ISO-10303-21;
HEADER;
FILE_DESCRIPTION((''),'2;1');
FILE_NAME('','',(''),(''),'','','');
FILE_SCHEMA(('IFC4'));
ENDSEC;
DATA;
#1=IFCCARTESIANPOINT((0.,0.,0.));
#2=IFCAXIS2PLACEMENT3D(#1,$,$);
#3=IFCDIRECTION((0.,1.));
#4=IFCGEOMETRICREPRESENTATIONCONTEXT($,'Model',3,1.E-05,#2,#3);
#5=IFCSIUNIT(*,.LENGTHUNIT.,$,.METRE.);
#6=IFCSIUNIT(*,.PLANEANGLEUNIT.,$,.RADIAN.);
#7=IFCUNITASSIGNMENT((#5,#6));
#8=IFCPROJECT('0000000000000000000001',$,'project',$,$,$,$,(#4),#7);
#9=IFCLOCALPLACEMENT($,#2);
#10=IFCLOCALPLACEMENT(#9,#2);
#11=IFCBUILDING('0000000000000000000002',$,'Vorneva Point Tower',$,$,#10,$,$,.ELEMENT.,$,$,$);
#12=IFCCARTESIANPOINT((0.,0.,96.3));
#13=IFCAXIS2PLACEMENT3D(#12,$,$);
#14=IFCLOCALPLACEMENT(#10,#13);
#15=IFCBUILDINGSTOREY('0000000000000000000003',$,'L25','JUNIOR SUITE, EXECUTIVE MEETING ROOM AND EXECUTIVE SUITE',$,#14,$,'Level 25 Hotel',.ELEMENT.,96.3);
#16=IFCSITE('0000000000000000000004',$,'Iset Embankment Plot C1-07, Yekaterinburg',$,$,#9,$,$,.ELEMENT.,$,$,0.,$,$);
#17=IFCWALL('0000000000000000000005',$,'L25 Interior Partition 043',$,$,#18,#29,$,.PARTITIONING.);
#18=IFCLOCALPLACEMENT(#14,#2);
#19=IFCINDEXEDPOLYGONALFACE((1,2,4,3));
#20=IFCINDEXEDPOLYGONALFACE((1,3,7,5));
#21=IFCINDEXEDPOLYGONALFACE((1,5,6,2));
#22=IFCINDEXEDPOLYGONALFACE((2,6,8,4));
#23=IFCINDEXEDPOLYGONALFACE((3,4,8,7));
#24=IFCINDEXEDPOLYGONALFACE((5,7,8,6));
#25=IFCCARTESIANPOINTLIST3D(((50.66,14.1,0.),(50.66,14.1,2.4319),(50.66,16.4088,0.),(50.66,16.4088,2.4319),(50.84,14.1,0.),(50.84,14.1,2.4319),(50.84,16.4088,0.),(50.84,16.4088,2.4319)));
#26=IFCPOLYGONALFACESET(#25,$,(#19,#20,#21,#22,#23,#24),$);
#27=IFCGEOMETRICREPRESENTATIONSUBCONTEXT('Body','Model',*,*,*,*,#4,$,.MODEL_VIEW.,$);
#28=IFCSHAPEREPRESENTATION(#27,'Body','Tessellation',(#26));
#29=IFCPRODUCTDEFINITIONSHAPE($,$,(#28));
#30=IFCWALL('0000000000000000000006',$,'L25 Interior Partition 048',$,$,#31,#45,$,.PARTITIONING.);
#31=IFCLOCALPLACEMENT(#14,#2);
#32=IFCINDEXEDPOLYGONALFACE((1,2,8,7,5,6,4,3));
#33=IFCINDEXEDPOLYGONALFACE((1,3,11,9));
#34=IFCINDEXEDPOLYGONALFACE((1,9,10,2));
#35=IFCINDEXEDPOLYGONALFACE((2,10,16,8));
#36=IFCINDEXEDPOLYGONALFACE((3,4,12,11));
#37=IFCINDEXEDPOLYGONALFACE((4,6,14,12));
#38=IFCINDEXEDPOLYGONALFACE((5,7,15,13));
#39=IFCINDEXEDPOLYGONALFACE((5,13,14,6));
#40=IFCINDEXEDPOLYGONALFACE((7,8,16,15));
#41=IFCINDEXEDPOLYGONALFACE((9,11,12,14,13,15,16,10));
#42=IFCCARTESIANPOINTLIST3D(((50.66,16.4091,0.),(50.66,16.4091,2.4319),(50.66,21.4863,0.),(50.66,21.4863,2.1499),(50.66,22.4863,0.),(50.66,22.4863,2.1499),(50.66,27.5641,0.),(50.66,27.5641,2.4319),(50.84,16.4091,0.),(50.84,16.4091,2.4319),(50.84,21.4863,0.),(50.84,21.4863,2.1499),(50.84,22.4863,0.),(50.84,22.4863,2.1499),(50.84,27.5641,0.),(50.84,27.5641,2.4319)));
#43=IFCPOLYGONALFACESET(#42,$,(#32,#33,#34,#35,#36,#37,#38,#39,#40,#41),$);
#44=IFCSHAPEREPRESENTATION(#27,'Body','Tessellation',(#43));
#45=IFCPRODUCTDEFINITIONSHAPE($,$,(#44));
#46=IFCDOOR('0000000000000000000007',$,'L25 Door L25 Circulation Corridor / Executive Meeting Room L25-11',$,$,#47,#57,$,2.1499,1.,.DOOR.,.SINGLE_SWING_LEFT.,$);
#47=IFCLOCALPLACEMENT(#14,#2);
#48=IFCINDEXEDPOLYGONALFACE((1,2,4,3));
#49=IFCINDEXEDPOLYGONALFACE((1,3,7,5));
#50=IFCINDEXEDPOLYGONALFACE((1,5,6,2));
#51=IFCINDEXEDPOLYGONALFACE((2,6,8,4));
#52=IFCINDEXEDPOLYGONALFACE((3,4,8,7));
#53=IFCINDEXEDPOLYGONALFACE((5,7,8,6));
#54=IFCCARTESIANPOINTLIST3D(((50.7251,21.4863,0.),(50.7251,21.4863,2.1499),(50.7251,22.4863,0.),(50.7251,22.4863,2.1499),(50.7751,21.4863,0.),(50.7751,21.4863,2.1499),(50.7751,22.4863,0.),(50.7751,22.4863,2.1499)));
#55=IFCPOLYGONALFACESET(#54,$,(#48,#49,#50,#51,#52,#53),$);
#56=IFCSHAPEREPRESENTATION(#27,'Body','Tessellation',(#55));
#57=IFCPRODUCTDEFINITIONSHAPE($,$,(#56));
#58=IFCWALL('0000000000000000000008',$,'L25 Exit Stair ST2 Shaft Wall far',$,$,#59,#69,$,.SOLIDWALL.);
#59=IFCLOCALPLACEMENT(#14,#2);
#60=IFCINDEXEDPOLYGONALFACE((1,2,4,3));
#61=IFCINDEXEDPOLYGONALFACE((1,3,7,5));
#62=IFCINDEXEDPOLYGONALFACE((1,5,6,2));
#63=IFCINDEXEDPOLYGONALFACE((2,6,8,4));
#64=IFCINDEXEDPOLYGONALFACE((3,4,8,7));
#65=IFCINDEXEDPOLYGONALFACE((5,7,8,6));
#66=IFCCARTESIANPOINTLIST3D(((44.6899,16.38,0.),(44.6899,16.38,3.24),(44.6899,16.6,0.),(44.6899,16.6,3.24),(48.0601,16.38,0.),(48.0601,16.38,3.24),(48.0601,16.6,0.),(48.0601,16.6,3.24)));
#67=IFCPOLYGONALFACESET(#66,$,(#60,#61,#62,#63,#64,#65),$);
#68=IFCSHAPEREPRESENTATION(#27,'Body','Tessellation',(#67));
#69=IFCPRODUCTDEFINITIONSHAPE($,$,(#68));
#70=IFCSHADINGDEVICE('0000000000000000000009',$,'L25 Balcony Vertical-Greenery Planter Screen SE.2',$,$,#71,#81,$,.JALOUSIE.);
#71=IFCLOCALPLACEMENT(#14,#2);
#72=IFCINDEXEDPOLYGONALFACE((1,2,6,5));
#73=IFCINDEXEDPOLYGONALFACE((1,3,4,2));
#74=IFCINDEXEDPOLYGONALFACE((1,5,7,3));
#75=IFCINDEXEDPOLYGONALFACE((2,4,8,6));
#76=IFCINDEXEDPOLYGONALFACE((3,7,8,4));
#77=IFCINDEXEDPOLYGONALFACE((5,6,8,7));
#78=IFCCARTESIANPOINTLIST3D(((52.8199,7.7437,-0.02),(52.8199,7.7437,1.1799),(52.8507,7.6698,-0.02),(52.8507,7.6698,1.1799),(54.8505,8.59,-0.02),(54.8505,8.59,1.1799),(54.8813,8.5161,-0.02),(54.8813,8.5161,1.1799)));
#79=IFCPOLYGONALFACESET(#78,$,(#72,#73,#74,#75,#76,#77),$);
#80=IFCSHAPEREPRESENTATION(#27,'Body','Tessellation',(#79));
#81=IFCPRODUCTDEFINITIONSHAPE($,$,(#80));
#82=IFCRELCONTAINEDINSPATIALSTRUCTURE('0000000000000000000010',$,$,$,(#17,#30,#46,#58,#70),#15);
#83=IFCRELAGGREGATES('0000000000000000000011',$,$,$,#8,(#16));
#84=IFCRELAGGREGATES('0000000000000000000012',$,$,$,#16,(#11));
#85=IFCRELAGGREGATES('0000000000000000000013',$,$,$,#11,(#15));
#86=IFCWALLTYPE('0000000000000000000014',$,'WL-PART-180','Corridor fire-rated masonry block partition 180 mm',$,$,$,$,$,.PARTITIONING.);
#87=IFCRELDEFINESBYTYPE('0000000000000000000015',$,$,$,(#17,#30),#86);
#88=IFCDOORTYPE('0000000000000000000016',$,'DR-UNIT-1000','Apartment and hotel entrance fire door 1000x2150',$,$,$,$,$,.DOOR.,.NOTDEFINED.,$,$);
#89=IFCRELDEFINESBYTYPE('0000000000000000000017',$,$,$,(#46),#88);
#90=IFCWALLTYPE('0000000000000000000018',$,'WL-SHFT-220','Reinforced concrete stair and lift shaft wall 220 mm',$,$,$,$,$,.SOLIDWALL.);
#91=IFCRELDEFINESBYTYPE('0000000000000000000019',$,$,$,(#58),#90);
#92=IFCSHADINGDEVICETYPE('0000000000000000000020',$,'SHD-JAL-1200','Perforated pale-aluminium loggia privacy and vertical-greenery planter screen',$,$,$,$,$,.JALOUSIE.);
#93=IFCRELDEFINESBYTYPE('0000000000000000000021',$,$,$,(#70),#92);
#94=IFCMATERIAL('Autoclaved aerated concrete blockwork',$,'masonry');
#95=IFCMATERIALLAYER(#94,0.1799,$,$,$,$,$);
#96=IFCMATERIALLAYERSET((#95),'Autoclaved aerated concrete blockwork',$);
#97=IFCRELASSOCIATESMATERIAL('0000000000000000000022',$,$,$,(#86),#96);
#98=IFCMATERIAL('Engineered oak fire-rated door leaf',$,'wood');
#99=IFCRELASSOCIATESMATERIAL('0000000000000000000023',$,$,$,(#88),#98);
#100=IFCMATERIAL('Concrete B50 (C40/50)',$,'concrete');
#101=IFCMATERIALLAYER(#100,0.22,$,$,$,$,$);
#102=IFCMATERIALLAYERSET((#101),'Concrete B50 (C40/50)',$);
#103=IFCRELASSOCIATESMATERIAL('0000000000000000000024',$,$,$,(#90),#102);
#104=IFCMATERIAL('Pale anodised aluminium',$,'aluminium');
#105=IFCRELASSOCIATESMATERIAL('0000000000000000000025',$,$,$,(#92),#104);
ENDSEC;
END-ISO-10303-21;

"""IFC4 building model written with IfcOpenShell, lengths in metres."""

from ifc_helpers import new_model, si_unit, direction, frame, frame_2d, origin, origin_2d, place, context, subcontext, project, spatial, rectangle, extrude, material, layer, layer_set, type_object, element, fill, save


model = new_model("IFC4")

# Units and contexts
model_context = context("Model", 3, precision=1e-05, world=origin(), true_north=direction((0.0, 1.0)))
body_context = subcontext(model_context, "Body", "Model", "MODEL_VIEW")
ifc_project = project(units=[si_unit("LENGTHUNIT", "METRE"), si_unit("PLANEANGLEUNIT", "RADIAN")], contexts=[model_context])

# Site, building, storey
site_placement = place(None, origin())
site = spatial("IfcSite", under=ifc_project, at=site_placement, Name="Iset Embankment Plot C1-07, Yekaterinburg", CompositionType="ELEMENT", RefElevation=0.0)
building_placement = place(site_placement, origin())
building = spatial("IfcBuilding", under=site, at=building_placement, Name="Vorneva Point Tower", CompositionType="ELEMENT")
storey_placement = place(building_placement, frame((0.0, 0.0, 96.3)))
storey = spatial("IfcBuildingStorey", under=building, at=storey_placement, Name="L25", Description="JUNIOR SUITE, EXECUTIVE MEETING ROOM AND EXECUTIVE SUITE", LongName="Level 25 Hotel", CompositionType="ELEMENT", Elevation=96.3)

# Shared definitions
ifc_material_1 = material(Name="Pale anodised aluminium", Category="aluminium")

# Wall
ifc_material_2 = material(Name="Autoclaved aerated concrete blockwork", Category="masonry")
ifc_layer_1 = layer(ifc_material_2, 0.1799)
ifc_layer_set_1 = layer_set([ifc_layer_1], Name="Autoclaved aerated concrete blockwork")
wall_type_1 = type_object("IfcWallType", Name="WL-PART-180", Description="Corridor fire-rated masonry block partition 180 mm", PredefinedType="PARTITIONING", material=ifc_layer_set_1)
wall_1_placement = place(storey_placement, frame((50.75, 14.1001, 0.0), z_axis=(0.0, 0.0, 1.0), x_axis=(0.0, 1.0, 0.0)))
element("IfcWall", 1, at=wall_1_placement, inside=storey, type_object=wall_type_1, Name="L25 Interior Partition 043", PredefinedType="PARTITIONING", context=body_context, shape_type="SweptSolid", body=[
    extrude(rectangle(XDim=2.3088, YDim=0.1799, at=frame_2d((1.1543, 0.0))), origin(), (0.0, 0.0, 1.0), 2.4319),
])

# Wall, opening, door
wall_2_placement = place(storey_placement, frame((50.75, 16.4089, 0.0), z_axis=(0.0, 0.0, 1.0), x_axis=(0.0, 1.0, 0.0)))
wall_2 = element("IfcWall", 2, at=wall_2_placement, inside=storey, type_object=wall_type_1, Name="L25 Interior Partition 048", PredefinedType="PARTITIONING", context=body_context, shape_type="SweptSolid", body=[
    extrude(rectangle(XDim=11.155, YDim=0.1799, at=frame_2d((5.5776, 0.0))), origin(), (0.0, 0.0, 1.0), 2.4319),
])
opening_1_placement = place(wall_2_placement, frame((5.0774, 0.0, 0.0)))
opening_1 = element("IfcOpeningElement", 3, at=opening_1_placement, cuts=wall_2, PredefinedType="OPENING", context=body_context, shape_type="SweptSolid", body=[
    extrude(rectangle(XDim=1.0, YDim=2.1499, at=frame_2d((0.5, 1.075))), frame((0.0, 0.105, 0.0), z_axis=(0.0, -1.0, 0.0), x_axis=(1.0, 0.0, 0.0)), (0.0, 0.0, 1.0), 0.2097),
])
ifc_material_3 = material(Name="Engineered oak fire-rated door leaf", Category="wood")
door_type_1 = type_object("IfcDoorType", Name="DR-UNIT-1000", Description="Apartment and hotel entrance fire door 1000x2150", OperationType="NOTDEFINED", PredefinedType="DOOR", material=ifc_material_3)
door_1_placement = place(opening_1_placement, origin())
door_1 = element("IfcDoor", 4, at=door_1_placement, inside=storey, type_object=door_type_1, Name="L25 Door L25 Circulation Corridor / Executive Meeting Room L25-11", OperationType="SINGLE_SWING_LEFT", OverallHeight=2.1499, OverallWidth=1.0, PredefinedType="DOOR", context=body_context, shape_type="SweptSolid", body=[
    extrude(rectangle(XDim=1.0, YDim=2.1499, at=frame_2d((0.5, 1.075))), frame((0.0, 0.0249, 0.0), z_axis=(0.0, -1.0, 0.0), x_axis=(1.0, 0.0, 0.0)), (0.0, 0.0, 1.0), 0.05),
])
fill(opening_1, door_1)

# Wall
ifc_material_4 = material(Name="Concrete B50 (C40/50)", Category="concrete")
ifc_layer_2 = layer(ifc_material_4, 0.22)
ifc_layer_set_2 = layer_set([ifc_layer_2], Name="Concrete B50 (C40/50)")
wall_type_2 = type_object("IfcWallType", Name="WL-SHFT-220", Description="Reinforced concrete stair and lift shaft wall 220 mm", PredefinedType="SOLIDWALL", material=ifc_layer_set_2)
wall_3_placement = place(storey_placement, frame((48.0601, 16.49, 0.0), z_axis=(0.0, 0.0, 1.0), x_axis=(-1.0, 0.0, 0.0)))
element("IfcWall", 5, at=wall_3_placement, inside=storey, type_object=wall_type_2, Name="L25 Exit Stair ST2 Shaft Wall far", PredefinedType="SOLIDWALL", context=body_context, shape_type="SweptSolid", body=[
    extrude(rectangle(XDim=3.3701, YDim=0.22, at=frame_2d((1.6851, 0.0))), origin(), (0.0, 0.0, 1.0), 3.24),
])

# Shading device
shading_device_type = type_object("IfcShadingDeviceType", Name="SHD-JAL-1200", Description="Perforated pale-aluminium loggia privacy and vertical-greenery planter screen", PredefinedType="JALOUSIE", material=ifc_material_1)
shading_device_placement = place(storey_placement, frame((53.8506, 8.1299, -0.02), z_axis=(0.0, 0.0, 1.0), x_axis=(0.923042, 0.384698, 0.0)))
element("IfcShadingDevice", 6, at=shading_device_placement, inside=storey, type_object=shading_device_type, Name="L25 Balcony Vertical-Greenery Planter Screen SE.2", PredefinedType="JALOUSIE", context=body_context, shape_type="SweptSolid", body=[
    extrude(rectangle(XDim=2.2, YDim=0.0801, at=origin_2d()), origin(), (0.0, 0.0, 1.0), 1.2),
])

save(model, "model.ifc")
